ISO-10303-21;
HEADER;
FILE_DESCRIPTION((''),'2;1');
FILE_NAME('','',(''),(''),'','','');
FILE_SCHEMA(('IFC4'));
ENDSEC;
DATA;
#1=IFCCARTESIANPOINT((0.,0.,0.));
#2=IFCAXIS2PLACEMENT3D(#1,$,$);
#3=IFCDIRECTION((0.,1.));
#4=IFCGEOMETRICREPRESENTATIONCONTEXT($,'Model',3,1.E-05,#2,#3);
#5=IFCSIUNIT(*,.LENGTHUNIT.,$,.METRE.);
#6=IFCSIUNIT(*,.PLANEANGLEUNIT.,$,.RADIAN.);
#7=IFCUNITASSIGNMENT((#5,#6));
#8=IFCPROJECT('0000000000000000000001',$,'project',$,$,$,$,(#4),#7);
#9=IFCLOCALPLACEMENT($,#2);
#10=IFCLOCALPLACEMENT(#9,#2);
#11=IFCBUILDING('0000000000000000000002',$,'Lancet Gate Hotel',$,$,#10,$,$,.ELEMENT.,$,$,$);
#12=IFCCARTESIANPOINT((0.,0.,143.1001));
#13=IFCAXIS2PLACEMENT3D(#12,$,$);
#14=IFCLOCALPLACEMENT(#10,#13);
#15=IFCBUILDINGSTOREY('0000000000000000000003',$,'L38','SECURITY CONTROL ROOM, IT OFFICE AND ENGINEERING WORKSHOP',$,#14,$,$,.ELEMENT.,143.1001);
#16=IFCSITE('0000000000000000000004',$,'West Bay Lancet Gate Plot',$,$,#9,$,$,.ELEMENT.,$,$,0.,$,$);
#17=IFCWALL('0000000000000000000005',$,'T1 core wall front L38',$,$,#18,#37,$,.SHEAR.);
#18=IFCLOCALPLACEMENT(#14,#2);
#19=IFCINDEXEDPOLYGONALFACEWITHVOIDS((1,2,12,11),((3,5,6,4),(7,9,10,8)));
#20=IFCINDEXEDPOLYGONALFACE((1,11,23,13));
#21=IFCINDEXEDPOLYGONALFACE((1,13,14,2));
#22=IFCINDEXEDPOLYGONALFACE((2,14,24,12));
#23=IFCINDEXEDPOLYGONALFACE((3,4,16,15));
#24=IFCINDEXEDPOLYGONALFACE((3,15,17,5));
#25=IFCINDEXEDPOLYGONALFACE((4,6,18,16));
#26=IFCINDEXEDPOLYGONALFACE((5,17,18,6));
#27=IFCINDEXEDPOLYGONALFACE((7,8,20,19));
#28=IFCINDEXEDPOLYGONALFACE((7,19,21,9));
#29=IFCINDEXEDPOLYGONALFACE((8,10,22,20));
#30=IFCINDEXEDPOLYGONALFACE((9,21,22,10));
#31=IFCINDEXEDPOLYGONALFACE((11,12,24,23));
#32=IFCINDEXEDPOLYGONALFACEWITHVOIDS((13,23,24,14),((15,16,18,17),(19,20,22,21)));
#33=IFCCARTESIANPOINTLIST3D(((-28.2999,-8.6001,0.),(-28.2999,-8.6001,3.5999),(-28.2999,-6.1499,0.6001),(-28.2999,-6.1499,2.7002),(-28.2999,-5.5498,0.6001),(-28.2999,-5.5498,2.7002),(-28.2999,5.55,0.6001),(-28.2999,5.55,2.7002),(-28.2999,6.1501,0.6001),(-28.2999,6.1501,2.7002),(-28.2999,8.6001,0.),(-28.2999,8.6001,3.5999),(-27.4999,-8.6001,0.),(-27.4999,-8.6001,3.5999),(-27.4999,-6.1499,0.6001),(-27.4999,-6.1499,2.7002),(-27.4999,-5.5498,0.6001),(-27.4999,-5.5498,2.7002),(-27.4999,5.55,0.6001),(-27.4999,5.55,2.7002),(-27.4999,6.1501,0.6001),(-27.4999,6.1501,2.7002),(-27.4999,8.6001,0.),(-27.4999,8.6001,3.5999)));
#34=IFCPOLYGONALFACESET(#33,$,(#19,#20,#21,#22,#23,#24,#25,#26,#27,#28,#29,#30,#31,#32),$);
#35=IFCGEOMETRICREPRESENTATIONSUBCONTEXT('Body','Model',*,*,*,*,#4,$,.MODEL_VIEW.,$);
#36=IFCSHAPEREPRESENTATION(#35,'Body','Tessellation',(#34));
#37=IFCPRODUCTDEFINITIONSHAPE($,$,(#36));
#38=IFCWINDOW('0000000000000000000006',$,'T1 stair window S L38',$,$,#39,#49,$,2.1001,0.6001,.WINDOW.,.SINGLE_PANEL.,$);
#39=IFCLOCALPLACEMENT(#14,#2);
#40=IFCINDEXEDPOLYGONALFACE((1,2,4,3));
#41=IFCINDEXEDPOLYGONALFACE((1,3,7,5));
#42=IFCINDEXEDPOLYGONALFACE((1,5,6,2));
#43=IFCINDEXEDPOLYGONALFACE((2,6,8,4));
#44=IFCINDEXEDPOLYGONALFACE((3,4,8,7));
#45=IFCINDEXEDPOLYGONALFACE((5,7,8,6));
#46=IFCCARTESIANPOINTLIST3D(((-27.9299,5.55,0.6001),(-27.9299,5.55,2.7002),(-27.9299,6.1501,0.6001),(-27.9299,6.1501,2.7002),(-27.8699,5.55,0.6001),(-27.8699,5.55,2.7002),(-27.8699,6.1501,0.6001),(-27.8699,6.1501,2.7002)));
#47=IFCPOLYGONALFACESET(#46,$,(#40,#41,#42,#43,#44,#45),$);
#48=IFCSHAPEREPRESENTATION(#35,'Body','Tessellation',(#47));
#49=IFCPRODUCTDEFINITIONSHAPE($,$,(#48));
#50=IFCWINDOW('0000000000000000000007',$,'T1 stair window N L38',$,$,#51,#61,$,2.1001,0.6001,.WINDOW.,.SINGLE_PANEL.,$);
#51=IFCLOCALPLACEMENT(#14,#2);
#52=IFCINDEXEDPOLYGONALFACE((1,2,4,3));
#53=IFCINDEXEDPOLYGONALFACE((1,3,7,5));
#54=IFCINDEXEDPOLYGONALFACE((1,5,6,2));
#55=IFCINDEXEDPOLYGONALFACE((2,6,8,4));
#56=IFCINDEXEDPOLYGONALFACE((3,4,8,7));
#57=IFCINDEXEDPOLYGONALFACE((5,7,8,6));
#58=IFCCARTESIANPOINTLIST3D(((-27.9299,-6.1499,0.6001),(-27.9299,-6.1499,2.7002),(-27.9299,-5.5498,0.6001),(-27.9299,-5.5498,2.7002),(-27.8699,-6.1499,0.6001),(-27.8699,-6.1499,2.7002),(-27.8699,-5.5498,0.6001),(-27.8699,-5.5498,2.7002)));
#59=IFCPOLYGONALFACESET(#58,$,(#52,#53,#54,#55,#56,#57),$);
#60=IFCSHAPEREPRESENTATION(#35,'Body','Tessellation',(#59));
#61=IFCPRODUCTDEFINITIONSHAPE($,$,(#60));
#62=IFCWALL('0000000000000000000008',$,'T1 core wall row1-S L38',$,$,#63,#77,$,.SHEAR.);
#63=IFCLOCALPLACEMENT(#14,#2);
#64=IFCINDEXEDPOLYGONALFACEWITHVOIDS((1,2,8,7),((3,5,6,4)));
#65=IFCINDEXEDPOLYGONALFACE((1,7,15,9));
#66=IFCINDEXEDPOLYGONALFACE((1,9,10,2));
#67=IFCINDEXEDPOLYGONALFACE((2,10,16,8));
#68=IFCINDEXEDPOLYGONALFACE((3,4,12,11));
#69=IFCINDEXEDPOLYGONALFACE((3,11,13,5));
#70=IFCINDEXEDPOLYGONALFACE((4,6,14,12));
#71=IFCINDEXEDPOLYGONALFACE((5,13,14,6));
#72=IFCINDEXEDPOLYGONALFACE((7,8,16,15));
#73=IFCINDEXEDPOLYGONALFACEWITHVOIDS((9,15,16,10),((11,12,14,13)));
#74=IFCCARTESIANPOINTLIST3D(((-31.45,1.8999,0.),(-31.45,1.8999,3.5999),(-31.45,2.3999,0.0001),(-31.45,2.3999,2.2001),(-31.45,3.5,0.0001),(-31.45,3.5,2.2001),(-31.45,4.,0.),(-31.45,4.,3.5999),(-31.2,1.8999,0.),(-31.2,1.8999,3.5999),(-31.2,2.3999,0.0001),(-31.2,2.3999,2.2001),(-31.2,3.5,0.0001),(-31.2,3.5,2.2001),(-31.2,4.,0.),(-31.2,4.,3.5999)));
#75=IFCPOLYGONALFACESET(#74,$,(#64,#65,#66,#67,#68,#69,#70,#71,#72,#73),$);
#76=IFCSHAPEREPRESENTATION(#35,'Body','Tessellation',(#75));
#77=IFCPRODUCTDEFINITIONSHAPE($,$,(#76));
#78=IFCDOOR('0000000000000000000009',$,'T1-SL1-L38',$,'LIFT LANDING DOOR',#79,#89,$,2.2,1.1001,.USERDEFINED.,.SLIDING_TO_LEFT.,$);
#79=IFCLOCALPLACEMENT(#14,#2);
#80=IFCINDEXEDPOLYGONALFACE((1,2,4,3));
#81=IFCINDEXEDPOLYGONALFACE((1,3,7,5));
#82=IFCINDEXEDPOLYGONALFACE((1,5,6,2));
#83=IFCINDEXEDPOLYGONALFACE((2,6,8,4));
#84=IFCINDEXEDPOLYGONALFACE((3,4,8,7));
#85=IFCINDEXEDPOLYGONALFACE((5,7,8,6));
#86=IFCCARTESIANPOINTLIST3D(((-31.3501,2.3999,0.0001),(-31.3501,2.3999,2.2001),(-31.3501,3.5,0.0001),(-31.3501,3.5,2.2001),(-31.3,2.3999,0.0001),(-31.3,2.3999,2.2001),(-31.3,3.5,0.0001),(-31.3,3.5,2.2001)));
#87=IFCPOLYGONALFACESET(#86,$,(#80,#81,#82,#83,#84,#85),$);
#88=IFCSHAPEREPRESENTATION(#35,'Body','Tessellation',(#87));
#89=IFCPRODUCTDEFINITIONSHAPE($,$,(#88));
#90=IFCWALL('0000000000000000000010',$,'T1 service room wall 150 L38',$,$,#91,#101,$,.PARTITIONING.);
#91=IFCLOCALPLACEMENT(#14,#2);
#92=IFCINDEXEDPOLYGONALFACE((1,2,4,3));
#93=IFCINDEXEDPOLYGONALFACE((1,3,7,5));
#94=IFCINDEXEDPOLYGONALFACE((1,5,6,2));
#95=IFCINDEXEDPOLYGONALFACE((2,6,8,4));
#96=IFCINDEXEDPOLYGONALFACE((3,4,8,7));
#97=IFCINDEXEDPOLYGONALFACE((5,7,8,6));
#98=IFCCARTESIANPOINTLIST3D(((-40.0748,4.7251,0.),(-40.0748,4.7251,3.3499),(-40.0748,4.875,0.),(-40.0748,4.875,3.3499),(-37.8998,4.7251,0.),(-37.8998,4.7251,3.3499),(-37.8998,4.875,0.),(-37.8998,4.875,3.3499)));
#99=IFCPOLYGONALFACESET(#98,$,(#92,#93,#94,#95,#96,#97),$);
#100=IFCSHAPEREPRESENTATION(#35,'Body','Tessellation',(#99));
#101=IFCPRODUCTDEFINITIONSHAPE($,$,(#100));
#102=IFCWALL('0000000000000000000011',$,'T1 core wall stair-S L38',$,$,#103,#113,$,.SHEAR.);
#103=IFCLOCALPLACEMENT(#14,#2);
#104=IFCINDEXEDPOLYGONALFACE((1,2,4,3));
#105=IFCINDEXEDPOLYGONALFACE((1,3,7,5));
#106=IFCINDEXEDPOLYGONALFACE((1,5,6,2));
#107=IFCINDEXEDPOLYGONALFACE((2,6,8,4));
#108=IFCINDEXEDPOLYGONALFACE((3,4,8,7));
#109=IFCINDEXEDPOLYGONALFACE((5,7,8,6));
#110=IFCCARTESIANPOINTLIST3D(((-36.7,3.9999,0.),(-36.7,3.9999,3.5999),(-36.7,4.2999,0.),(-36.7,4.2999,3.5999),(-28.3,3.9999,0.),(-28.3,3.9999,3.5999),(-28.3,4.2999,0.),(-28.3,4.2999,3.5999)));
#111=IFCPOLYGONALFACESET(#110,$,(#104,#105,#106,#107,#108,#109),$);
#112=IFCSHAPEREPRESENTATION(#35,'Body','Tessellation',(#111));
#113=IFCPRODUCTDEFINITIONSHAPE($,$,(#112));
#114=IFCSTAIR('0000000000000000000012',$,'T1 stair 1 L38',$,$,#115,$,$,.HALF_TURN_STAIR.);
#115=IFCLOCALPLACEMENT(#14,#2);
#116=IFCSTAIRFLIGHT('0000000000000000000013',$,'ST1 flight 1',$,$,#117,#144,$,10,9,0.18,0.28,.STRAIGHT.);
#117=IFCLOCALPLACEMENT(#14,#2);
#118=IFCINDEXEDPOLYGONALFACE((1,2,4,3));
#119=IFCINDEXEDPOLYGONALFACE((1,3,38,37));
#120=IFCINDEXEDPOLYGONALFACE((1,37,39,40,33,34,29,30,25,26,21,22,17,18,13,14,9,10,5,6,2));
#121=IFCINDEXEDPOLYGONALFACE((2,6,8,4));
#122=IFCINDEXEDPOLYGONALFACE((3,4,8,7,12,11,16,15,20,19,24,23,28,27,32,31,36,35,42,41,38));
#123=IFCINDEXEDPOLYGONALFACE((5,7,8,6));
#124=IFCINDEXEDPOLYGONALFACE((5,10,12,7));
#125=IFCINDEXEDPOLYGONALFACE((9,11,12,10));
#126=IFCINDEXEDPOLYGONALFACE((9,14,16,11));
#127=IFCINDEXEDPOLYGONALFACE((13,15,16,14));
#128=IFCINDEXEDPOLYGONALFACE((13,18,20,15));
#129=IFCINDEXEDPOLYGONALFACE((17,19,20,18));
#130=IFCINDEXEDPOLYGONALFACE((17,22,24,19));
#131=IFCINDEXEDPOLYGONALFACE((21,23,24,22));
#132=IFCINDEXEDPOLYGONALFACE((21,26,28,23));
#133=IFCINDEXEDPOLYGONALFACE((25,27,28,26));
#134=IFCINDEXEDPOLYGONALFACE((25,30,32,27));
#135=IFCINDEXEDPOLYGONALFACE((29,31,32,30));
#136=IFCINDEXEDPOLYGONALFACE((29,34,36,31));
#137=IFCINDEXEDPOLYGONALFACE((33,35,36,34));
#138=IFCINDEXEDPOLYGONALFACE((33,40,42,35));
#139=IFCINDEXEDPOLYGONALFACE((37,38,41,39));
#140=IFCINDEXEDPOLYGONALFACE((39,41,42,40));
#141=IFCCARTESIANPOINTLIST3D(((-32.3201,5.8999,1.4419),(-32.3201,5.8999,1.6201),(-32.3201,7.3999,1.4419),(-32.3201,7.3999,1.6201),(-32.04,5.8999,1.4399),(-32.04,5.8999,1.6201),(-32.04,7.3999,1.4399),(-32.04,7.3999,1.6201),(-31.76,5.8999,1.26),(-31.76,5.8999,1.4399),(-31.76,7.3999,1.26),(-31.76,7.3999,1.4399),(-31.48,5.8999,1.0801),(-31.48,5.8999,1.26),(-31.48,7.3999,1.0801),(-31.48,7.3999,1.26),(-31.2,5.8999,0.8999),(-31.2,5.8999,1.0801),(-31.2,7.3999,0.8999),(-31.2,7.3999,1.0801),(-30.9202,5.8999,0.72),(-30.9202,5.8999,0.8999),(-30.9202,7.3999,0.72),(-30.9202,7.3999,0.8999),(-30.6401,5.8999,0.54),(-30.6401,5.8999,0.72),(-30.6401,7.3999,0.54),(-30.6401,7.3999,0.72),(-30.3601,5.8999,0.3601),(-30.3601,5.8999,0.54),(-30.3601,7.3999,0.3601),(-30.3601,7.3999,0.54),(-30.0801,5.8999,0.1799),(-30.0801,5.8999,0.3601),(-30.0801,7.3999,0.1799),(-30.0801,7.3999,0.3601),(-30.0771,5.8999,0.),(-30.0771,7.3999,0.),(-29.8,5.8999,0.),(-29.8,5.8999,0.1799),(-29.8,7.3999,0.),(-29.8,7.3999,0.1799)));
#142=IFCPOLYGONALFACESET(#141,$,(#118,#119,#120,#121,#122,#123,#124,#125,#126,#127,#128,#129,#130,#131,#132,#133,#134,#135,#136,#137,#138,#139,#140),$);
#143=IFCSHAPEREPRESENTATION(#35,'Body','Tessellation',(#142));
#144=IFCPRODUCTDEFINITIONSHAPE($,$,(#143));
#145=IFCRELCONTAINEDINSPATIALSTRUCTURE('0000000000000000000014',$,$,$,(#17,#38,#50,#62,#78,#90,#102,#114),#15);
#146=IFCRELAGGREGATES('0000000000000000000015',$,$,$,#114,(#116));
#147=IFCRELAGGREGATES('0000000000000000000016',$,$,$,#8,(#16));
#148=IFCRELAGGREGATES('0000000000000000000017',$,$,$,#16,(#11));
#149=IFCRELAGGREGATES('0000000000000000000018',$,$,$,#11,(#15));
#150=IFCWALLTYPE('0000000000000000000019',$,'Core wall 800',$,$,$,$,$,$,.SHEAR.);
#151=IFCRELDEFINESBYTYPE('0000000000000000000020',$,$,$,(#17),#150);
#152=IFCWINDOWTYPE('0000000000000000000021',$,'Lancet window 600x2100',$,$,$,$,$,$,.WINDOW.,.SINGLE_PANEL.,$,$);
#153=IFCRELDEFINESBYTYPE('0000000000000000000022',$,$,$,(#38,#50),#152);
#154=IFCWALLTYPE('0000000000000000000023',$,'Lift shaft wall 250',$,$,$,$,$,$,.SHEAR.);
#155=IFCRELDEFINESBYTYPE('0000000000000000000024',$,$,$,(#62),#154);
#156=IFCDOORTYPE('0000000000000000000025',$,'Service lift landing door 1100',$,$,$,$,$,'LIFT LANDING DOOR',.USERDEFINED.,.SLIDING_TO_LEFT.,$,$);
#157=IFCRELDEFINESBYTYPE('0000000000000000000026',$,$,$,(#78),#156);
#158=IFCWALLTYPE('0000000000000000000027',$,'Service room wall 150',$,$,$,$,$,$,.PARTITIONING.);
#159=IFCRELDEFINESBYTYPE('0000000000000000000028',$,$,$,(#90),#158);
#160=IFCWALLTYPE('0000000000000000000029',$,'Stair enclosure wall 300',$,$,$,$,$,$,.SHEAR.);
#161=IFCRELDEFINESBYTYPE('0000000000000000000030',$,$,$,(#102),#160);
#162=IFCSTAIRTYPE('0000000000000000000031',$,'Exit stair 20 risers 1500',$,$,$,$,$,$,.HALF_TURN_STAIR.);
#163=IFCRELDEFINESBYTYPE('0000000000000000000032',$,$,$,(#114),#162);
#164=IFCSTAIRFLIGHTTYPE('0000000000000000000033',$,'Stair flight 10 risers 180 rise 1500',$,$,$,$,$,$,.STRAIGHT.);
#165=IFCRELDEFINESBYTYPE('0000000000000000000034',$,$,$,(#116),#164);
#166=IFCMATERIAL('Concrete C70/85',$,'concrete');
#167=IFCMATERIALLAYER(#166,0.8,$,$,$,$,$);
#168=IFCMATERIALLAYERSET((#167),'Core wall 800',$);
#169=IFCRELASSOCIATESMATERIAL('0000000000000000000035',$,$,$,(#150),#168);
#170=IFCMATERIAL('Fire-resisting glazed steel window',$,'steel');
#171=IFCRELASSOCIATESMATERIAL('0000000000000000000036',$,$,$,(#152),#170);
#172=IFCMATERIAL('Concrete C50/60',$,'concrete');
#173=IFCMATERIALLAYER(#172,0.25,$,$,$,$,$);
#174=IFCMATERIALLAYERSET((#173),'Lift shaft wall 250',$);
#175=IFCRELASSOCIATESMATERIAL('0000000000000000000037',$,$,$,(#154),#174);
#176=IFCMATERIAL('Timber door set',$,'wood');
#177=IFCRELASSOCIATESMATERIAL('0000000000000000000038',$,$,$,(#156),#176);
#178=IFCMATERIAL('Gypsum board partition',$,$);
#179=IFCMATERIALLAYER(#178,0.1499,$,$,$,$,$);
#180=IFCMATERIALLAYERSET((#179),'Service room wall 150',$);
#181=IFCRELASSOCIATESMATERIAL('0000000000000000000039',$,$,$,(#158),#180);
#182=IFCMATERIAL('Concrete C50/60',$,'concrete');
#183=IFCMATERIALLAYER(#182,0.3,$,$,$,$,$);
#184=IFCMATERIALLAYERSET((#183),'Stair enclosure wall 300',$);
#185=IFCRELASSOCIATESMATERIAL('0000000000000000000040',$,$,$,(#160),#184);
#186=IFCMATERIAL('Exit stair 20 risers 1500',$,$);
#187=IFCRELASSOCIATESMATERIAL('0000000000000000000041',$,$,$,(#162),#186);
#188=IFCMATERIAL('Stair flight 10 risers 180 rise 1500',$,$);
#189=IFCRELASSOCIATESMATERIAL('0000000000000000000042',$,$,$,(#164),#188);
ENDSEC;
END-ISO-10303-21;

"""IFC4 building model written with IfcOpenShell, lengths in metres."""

from ifc_helpers import new_model, si_unit, direction, frame, frame_2d, origin, place, context, subcontext, project, spatial, polyline, rectangle, outline, extrude, material, layer, layer_set, type_object, element, fill, aggregate, save


model = new_model("IFC4")

# Units and contexts
model_context = context("Model", 3, precision=1e-05, world=origin(), true_north=direction((0.0, 1.0)))
body_context = subcontext(model_context, "Body", "Model", "MODEL_VIEW")
ifc_project = project(units=[si_unit("LENGTHUNIT", "METRE"), si_unit("PLANEANGLEUNIT", "RADIAN")], contexts=[model_context])

# Site, building, storey
site_placement = place(None, origin())
site = spatial("IfcSite", under=ifc_project, at=site_placement, Name="West Bay Lancet Gate Plot", CompositionType="ELEMENT", RefElevation=0.0)
building_placement = place(site_placement, origin())
building = spatial("IfcBuilding", under=site, at=building_placement, Name="Lancet Gate Hotel", CompositionType="ELEMENT")
storey_placement = place(building_placement, frame((0.0, 0.0, 143.1001)))
storey = spatial("IfcBuildingStorey", under=building, at=storey_placement, Name="L38", Description="SECURITY CONTROL ROOM, IT OFFICE AND ENGINEERING WORKSHOP", CompositionType="ELEMENT", Elevation=143.1001)

# Wall, openings, windows
ifc_material_1 = material(Name="Concrete C70/85", Category="concrete")
ifc_layer_1 = layer(ifc_material_1, 0.8)
ifc_layer_set_1 = layer_set([ifc_layer_1], Name="Core wall 800")
wall_type_1 = type_object("IfcWallType", Name="Core wall 800", PredefinedType="SHEAR", material=ifc_layer_set_1)
wall_1_placement = place(storey_placement, frame((-27.8999, 8.6001, 0.0), z_axis=(0.0, 0.0, 1.0), x_axis=(0.0, -1.0, 0.0)))
wall_1 = element("IfcWall", 1, at=wall_1_placement, inside=storey, type_object=wall_type_1, Name="T1 core wall front L38", PredefinedType="SHEAR", context=body_context, shape_type="SweptSolid", body=[
    extrude(rectangle(XDim=17.2002, YDim=0.8, at=frame_2d((8.6001, 0.0))), origin(), (0.0, 0.0, 1.0), 3.5999),
])
opening_1_placement = place(wall_1_placement, frame((2.45, 0.0, 0.6001)))
opening_1 = element("IfcOpeningElement", 2, at=opening_1_placement, cuts=wall_1, PredefinedType="OPENING", context=body_context, shape_type="SweptSolid", body=[
    extrude(rectangle(XDim=0.6001, YDim=2.1001, at=frame_2d((0.3, 1.05))), frame((0.0, 0.4099, 0.0), z_axis=(0.0, -1.0, 0.0), x_axis=(1.0, 0.0, 0.0)), (0.0, 0.0, 1.0), 0.8201),
])
opening_2_placement = place(wall_1_placement, frame((14.1499, 0.0, 0.6001)))
opening_2 = element("IfcOpeningElement", 3, at=opening_2_placement, cuts=wall_1, PredefinedType="OPENING", context=body_context, shape_type="SweptSolid", body=[
    extrude(rectangle(XDim=0.6001, YDim=2.1001, at=frame_2d((0.3, 1.05))), frame((0.0, 0.4099, 0.0), z_axis=(0.0, -1.0, 0.0), x_axis=(1.0, 0.0, 0.0)), (0.0, 0.0, 1.0), 0.8201),
])
ifc_material_2 = material(Name="Fire-resisting glazed steel window", Category="steel")
window_type = type_object("IfcWindowType", Name="Lancet window 600x2100", PartitioningType="SINGLE_PANEL", PredefinedType="WINDOW", material=ifc_material_2)
window_1_placement = place(opening_1_placement, origin())
window_1 = element("IfcWindow", 4, at=window_1_placement, inside=storey, type_object=window_type, Name="T1 stair window S L38", OverallHeight=2.1001, OverallWidth=0.6001, PartitioningType="SINGLE_PANEL", PredefinedType="WINDOW", context=body_context, shape_type="SweptSolid", body=[
    extrude(rectangle(XDim=0.6001, YDim=2.1001, at=frame_2d((0.3, 1.05))), frame((0.0, 0.03, 0.0), z_axis=(0.0, -1.0, 0.0), x_axis=(1.0, 0.0, 0.0)), (0.0, 0.0, 1.0), 0.0601),
])
fill(opening_1, window_1)
window_2_placement = place(opening_2_placement, origin())
window_2 = element("IfcWindow", 5, at=window_2_placement, inside=storey, type_object=window_type, Name="T1 stair window N L38", OverallHeight=2.1001, OverallWidth=0.6001, PartitioningType="SINGLE_PANEL", PredefinedType="WINDOW", context=body_context, shape_type="SweptSolid", body=[
    extrude(rectangle(XDim=0.6001, YDim=2.1001, at=frame_2d((0.3, 1.05))), frame((0.0, 0.03, 0.0), z_axis=(0.0, -1.0, 0.0), x_axis=(1.0, 0.0, 0.0)), (0.0, 0.0, 1.0), 0.0601),
])
fill(opening_2, window_2)

# Wall, opening, door
ifc_material_3 = material(Name="Concrete C50/60", Category="concrete")
ifc_layer_2 = layer(ifc_material_3, 0.25)
ifc_layer_set_2 = layer_set([ifc_layer_2], Name="Lift shaft wall 250")
wall_type_2 = type_object("IfcWallType", Name="Lift shaft wall 250", PredefinedType="SHEAR", material=ifc_layer_set_2)
wall_2_placement = place(storey_placement, frame((-31.325, 4.0, 0.0), z_axis=(0.0, 0.0, 1.0), x_axis=(0.0, -1.0, 0.0)))
wall_2 = element("IfcWall", 6, at=wall_2_placement, inside=storey, type_object=wall_type_2, Name="T1 core wall row1-S L38", PredefinedType="SHEAR", context=body_context, shape_type="SweptSolid", body=[
    extrude(rectangle(XDim=2.1001, YDim=0.25, at=frame_2d((1.05, 0.0))), origin(), (0.0, 0.0, 1.0), 3.5999),
])
opening_3_placement = place(wall_2_placement, frame((0.5, 0.0, 0.0)))
opening_3 = element("IfcOpeningElement", 7, at=opening_3_placement, cuts=wall_2, PredefinedType="OPENING", context=body_context, shape_type="SweptSolid", body=[
    extrude(rectangle(XDim=1.1001, YDim=2.2, at=frame_2d((0.55, 1.1001))), frame((0.0, 0.135, 0.0), z_axis=(0.0, -1.0, 0.0), x_axis=(1.0, 0.0, 0.0)), (0.0, 0.0, 1.0), 0.27),
])
ifc_material_4 = material(Name="Timber door set", Category="wood")
door_type_1 = type_object("IfcDoorType", Name="Service lift landing door 1100", ElementType="LIFT LANDING DOOR", OperationType="SLIDING_TO_LEFT", PredefinedType="USERDEFINED", material=ifc_material_4)
door_1_placement = place(opening_3_placement, origin())
door_1 = element("IfcDoor", 8, at=door_1_placement, inside=storey, type_object=door_type_1, Name="T1-SL1-L38", ObjectType="LIFT LANDING DOOR", OperationType="SLIDING_TO_LEFT", OverallHeight=2.2, OverallWidth=1.1001, PredefinedType="USERDEFINED", context=body_context, shape_type="SweptSolid", body=[
    extrude(rectangle(XDim=1.1001, YDim=2.2, at=frame_2d((0.55, 1.1001))), frame((0.0, 0.0249, 0.0), z_axis=(0.0, -1.0, 0.0), x_axis=(1.0, 0.0, 0.0)), (0.0, 0.0, 1.0), 0.05),
])
fill(opening_3, door_1)

# Walls
ifc_material_5 = material(Name="Gypsum board partition")
ifc_layer_3 = layer(ifc_material_5, 0.1499)
ifc_layer_set_3 = layer_set([ifc_layer_3], Name="Service room wall 150")
wall_type_3 = type_object("IfcWallType", Name="Service room wall 150", PredefinedType="PARTITIONING", material=ifc_layer_set_3)
wall_3_placement = place(storey_placement, frame((-37.8999, 4.8, 0.0), z_axis=(0.0, 0.0, 1.0), x_axis=(-1.0, 0.0, 0.0)))
element("IfcWall", 9, at=wall_3_placement, inside=storey, type_object=wall_type_3, Name="T1 service room wall 150 L38", PredefinedType="PARTITIONING", context=body_context, shape_type="SweptSolid", body=[
    extrude(rectangle(XDim=2.175, YDim=0.1499, at=frame_2d((1.0874, 0.0))), origin(), (0.0, 0.0, 1.0), 3.3499),
])
ifc_material_6 = material(Name="Concrete C50/60", Category="concrete")
ifc_layer_4 = layer(ifc_material_6, 0.3)
ifc_layer_set_4 = layer_set([ifc_layer_4], Name="Stair enclosure wall 300")
wall_type_4 = type_object("IfcWallType", Name="Stair enclosure wall 300", PredefinedType="SHEAR", material=ifc_layer_set_4)
wall_4_placement = place(storey_placement, frame((-28.3, 4.1499, 0.0), z_axis=(0.0, 0.0, 1.0), x_axis=(-1.0, 0.0, 0.0)))
element("IfcWall", 10, at=wall_4_placement, inside=storey, type_object=wall_type_4, Name="T1 core wall stair-S L38", PredefinedType="SHEAR", context=body_context, shape_type="SweptSolid", body=[
    extrude(rectangle(XDim=8.3999, YDim=0.3, at=frame_2d((4.2, 0.0))), origin(), (0.0, 0.0, 1.0), 3.5999),
])

# Stair, stair flight
ifc_material_7 = material(Name="Exit stair 20 risers 1500")
stair_type = type_object("IfcStairType", Name="Exit stair 20 risers 1500", PredefinedType="HALF_TURN_STAIR", material=ifc_material_7)
stair_placement = place(storey_placement, origin())
stair = element("IfcStair", 11, at=stair_placement, inside=storey, type_object=stair_type, Name="T1 stair 1 L38", PredefinedType="HALF_TURN_STAIR")
ifc_material_8 = material(Name="Stair flight 10 risers 180 rise 1500")
stair_flight_type = type_object("IfcStairFlightType", Name="Stair flight 10 risers 180 rise 1500", PredefinedType="STRAIGHT", material=ifc_material_8)
stair_flight_1_placement = place(storey_placement, frame((-29.8, 6.6499, 0.0), z_axis=(0.0, 0.0, 1.0), x_axis=(-1.0, 0.0, 0.0)))
stair_flight_1 = element("IfcStairFlight", 12, at=stair_flight_1_placement, type_object=stair_flight_type, Name="ST1 flight 1", NumberOfRisers=10, NumberOfTreads=9, PredefinedType="STRAIGHT", RiserHeight=0.18, TreadLength=0.28, context=body_context, shape_type="SweptSolid", body=[
    extrude(outline(polyline([(0.0, 0.0), (0.0, 0.1799), (0.28, 0.1799), (0.28, 0.3601), (0.5601, 0.3601), (0.5601, 0.54), (0.8401, 0.54), (0.8401, 0.72), (1.1201, 0.72), (1.1201, 0.8999), (1.3999, 0.8999), (1.3999, 1.0801), (1.6799, 1.0801), (1.6799, 1.26), (1.96, 1.26), (1.96, 1.4399), (2.24, 1.4399), (2.24, 1.6201), (2.52, 1.6201), (2.52, 1.8), (2.52, 1.4419), (0.2771, 0.0), (0.0, 0.0)])), frame((0.0, 0.75, 0.0), z_axis=(0.0, -1.0, 0.0), x_axis=(1.0, 0.0, 0.0)), (0.0, 0.0, 1.0), 1.5),
])
aggregate(stair, [stair_flight_1])

save(model, "model.ifc")
